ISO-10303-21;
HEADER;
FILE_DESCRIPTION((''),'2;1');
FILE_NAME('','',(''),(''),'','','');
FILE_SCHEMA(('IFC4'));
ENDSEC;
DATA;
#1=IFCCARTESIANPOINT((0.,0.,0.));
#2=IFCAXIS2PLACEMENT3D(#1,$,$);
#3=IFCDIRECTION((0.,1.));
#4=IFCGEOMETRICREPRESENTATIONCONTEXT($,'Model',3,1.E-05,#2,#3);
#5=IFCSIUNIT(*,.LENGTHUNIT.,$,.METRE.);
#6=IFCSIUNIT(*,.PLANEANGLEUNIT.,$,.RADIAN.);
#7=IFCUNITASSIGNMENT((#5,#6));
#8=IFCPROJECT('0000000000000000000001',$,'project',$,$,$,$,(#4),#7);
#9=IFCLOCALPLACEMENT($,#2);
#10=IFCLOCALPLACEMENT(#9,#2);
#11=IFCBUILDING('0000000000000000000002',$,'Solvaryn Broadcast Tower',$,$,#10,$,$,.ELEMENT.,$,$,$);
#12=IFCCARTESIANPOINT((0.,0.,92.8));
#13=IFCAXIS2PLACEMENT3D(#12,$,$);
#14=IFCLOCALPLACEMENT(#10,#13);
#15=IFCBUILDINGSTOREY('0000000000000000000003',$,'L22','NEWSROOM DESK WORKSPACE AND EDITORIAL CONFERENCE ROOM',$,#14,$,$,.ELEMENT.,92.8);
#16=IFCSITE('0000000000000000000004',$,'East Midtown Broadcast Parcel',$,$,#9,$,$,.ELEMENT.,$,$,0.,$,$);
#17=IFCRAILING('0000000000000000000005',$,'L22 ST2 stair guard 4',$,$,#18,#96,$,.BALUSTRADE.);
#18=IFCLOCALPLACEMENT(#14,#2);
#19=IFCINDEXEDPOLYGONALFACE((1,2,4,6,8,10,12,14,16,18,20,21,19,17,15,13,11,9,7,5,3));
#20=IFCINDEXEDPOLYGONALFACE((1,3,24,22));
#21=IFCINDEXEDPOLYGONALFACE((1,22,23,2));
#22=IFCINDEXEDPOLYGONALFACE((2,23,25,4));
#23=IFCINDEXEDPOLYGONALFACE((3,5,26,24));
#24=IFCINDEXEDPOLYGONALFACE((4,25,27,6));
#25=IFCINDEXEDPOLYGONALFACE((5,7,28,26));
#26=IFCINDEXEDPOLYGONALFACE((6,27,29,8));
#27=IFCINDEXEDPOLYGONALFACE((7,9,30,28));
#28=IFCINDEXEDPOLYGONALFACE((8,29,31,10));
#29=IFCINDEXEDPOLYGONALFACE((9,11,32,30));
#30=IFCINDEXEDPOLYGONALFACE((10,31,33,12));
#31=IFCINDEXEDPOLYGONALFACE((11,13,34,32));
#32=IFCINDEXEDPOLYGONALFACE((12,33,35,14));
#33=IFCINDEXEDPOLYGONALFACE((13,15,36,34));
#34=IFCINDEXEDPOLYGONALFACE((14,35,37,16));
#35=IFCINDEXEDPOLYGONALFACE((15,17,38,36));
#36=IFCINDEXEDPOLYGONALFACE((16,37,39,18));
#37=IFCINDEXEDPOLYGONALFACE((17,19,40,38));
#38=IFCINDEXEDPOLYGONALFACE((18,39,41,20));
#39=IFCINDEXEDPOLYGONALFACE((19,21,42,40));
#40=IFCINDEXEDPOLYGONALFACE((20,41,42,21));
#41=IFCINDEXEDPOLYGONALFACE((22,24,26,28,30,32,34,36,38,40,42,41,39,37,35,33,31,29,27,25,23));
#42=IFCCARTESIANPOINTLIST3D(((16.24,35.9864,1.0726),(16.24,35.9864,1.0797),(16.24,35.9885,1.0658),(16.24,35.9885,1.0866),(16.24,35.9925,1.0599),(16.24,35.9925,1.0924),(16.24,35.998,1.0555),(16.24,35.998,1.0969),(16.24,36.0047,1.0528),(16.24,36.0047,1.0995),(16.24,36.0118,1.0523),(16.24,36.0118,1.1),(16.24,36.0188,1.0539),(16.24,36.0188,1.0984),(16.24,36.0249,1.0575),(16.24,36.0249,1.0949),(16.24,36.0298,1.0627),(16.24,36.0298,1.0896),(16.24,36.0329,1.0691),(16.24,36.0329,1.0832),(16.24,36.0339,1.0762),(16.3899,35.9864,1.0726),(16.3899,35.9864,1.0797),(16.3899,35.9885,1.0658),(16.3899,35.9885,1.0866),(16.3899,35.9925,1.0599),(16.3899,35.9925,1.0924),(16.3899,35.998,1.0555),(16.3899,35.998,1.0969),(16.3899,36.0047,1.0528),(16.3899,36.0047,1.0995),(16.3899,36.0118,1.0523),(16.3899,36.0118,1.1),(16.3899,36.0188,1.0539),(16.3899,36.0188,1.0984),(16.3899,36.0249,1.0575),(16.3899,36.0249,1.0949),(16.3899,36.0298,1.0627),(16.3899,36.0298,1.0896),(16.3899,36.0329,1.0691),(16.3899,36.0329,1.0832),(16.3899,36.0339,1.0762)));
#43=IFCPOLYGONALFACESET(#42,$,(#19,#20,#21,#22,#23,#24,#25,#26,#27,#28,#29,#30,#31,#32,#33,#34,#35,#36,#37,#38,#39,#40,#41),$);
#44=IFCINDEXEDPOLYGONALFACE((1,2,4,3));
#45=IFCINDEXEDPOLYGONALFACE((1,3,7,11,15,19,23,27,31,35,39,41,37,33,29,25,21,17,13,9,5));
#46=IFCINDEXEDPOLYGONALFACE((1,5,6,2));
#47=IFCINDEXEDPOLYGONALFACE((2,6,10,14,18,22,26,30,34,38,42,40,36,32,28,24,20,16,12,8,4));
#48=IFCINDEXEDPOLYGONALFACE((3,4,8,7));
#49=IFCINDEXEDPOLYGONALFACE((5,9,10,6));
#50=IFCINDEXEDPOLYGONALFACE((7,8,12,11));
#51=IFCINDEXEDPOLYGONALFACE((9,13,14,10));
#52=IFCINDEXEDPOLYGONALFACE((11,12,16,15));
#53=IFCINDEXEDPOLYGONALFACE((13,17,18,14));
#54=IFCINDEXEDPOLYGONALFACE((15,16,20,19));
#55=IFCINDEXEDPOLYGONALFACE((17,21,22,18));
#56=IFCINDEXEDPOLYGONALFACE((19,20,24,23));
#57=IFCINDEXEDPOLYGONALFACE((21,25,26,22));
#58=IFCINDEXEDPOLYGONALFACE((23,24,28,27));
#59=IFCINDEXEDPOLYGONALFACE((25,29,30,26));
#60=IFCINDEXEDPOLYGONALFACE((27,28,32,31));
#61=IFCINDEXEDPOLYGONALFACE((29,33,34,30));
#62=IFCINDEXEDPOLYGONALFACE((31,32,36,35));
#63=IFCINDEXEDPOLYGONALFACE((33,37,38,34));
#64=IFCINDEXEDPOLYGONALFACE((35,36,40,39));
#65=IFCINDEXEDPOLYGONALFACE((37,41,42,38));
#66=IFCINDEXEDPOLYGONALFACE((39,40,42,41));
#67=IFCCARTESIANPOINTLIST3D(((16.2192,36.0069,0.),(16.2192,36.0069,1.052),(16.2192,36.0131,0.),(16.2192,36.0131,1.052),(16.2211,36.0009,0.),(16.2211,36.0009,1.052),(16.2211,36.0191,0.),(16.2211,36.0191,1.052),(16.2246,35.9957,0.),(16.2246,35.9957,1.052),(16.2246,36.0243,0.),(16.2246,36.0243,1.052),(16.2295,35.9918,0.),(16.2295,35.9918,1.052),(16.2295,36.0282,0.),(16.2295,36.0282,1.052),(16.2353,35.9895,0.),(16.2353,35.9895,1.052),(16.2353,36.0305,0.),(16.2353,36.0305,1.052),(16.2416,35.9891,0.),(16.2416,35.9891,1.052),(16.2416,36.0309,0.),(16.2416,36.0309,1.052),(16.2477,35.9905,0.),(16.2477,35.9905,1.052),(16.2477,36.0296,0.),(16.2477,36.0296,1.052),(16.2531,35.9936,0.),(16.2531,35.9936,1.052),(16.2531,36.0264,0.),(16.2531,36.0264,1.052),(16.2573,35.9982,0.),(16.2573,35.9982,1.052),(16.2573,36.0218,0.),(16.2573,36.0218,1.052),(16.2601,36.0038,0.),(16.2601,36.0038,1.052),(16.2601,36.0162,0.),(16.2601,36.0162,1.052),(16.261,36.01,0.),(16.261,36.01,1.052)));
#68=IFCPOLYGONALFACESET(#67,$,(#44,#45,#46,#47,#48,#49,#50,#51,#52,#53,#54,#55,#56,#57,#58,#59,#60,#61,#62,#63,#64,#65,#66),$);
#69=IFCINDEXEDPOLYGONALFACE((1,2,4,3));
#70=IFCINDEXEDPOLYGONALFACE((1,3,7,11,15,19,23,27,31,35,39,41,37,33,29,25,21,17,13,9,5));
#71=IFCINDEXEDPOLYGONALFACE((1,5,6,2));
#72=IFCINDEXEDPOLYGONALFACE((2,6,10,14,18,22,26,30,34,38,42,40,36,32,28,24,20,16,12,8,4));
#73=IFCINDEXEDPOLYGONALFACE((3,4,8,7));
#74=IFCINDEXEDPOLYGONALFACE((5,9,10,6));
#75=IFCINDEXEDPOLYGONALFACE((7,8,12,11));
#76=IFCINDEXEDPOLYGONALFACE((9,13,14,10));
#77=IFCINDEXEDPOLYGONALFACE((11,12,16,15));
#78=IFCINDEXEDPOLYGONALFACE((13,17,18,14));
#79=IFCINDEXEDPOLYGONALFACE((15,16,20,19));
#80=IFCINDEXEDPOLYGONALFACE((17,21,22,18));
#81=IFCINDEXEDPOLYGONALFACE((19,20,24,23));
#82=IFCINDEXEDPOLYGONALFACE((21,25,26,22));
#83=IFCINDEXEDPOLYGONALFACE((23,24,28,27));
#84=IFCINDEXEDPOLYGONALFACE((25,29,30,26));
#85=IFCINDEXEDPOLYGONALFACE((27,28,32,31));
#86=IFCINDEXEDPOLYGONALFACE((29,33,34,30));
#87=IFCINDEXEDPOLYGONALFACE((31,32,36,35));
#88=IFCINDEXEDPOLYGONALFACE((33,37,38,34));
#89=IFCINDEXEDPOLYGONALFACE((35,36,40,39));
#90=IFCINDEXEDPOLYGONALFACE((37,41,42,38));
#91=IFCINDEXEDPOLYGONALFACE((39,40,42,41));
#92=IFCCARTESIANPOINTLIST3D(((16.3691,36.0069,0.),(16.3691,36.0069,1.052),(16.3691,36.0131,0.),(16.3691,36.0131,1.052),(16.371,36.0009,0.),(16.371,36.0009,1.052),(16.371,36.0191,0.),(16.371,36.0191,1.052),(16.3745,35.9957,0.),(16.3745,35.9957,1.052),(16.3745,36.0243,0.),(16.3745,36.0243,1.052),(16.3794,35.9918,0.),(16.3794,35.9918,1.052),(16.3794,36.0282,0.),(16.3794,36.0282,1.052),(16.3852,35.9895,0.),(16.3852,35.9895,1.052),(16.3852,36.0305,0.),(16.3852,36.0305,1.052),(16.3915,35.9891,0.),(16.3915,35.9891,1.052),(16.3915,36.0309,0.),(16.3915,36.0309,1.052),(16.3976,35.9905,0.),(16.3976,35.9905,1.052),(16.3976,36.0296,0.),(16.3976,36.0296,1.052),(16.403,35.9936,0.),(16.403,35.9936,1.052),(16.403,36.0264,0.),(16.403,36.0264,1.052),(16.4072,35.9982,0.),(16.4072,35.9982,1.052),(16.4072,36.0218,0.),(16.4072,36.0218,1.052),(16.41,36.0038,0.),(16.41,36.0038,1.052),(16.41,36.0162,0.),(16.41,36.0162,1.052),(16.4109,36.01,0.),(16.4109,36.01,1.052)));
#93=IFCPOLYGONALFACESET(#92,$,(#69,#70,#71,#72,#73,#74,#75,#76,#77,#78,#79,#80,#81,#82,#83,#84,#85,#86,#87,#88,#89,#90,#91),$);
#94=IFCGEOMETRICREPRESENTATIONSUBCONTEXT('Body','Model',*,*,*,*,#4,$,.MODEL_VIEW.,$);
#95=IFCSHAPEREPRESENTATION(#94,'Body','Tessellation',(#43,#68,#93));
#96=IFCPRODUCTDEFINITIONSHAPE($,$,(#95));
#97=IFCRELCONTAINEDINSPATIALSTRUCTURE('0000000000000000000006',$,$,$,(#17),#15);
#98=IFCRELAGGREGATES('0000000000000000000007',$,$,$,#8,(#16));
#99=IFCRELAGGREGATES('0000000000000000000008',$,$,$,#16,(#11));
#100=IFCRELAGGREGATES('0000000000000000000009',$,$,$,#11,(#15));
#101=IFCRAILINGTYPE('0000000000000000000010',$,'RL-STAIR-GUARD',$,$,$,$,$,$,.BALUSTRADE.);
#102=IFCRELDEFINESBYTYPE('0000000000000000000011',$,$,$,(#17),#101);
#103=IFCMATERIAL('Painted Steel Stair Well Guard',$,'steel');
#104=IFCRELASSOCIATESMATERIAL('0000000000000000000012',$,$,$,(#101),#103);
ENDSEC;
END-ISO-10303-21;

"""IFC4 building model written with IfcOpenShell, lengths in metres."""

from ifc_helpers import new_model, si_unit, direction, frame, origin, origin_2d, place, context, subcontext, project, spatial, circle, extrude, material, type_object, element, save


model = new_model("IFC4")

# Units and contexts
model_context = context("Model", 3, precision=1e-05, world=origin(), true_north=direction((0.0, 1.0)))
body_context = subcontext(model_context, "Body", "Model", "MODEL_VIEW")
ifc_project = project(units=[si_unit("LENGTHUNIT", "METRE"), si_unit("PLANEANGLEUNIT", "RADIAN")], contexts=[model_context])

# Site, building, storey
site_placement = place(None, origin())
site = spatial("IfcSite", under=ifc_project, at=site_placement, Name="East Midtown Broadcast Parcel", CompositionType="ELEMENT", RefElevation=0.0)
building_placement = place(site_placement, origin())
building = spatial("IfcBuilding", under=site, at=building_placement, Name="Solvaryn Broadcast Tower", CompositionType="ELEMENT")
storey_placement = place(building_placement, frame((0.0, 0.0, 92.8)))
storey = spatial("IfcBuildingStorey", under=building, at=storey_placement, Name="L22", Description="NEWSROOM DESK WORKSPACE AND EDITORIAL CONFERENCE ROOM", CompositionType="ELEMENT", Elevation=92.8)

# Railing
ifc_material_1 = material(Name="Painted Steel Stair Well Guard", Category="steel")
railing_type_1 = type_object("IfcRailingType", Name="RL-STAIR-GUARD", PredefinedType="BALUSTRADE", material=ifc_material_1)
railing_1_placement = place(storey_placement, frame((16.24, 36.01, 0.0)))
element("IfcRailing", 1, at=railing_1_placement, inside=storey, type_object=railing_type_1, Name="L22 ST2 stair guard 4", PredefinedType="BALUSTRADE", context=body_context, shape_type="SweptSolid", body=[
    extrude(circle(Radius=0.0239, at=origin_2d()), frame((0.0, 0.0, 1.0762), z_axis=(1.0, 0.0, 0.0), x_axis=(0.0, 1.0, 0.0)), (0.0, 0.0, 1.0), 0.1499),
    extrude(circle(Radius=0.021, at=origin_2d()), origin(), (0.0, 0.0, 1.0), 1.052),
    extrude(circle(Radius=0.021, at=origin_2d()), frame((0.1499, 0.0, 0.0)), (0.0, 0.0, 1.0), 1.052),
])

save(model, "model.ifc")
